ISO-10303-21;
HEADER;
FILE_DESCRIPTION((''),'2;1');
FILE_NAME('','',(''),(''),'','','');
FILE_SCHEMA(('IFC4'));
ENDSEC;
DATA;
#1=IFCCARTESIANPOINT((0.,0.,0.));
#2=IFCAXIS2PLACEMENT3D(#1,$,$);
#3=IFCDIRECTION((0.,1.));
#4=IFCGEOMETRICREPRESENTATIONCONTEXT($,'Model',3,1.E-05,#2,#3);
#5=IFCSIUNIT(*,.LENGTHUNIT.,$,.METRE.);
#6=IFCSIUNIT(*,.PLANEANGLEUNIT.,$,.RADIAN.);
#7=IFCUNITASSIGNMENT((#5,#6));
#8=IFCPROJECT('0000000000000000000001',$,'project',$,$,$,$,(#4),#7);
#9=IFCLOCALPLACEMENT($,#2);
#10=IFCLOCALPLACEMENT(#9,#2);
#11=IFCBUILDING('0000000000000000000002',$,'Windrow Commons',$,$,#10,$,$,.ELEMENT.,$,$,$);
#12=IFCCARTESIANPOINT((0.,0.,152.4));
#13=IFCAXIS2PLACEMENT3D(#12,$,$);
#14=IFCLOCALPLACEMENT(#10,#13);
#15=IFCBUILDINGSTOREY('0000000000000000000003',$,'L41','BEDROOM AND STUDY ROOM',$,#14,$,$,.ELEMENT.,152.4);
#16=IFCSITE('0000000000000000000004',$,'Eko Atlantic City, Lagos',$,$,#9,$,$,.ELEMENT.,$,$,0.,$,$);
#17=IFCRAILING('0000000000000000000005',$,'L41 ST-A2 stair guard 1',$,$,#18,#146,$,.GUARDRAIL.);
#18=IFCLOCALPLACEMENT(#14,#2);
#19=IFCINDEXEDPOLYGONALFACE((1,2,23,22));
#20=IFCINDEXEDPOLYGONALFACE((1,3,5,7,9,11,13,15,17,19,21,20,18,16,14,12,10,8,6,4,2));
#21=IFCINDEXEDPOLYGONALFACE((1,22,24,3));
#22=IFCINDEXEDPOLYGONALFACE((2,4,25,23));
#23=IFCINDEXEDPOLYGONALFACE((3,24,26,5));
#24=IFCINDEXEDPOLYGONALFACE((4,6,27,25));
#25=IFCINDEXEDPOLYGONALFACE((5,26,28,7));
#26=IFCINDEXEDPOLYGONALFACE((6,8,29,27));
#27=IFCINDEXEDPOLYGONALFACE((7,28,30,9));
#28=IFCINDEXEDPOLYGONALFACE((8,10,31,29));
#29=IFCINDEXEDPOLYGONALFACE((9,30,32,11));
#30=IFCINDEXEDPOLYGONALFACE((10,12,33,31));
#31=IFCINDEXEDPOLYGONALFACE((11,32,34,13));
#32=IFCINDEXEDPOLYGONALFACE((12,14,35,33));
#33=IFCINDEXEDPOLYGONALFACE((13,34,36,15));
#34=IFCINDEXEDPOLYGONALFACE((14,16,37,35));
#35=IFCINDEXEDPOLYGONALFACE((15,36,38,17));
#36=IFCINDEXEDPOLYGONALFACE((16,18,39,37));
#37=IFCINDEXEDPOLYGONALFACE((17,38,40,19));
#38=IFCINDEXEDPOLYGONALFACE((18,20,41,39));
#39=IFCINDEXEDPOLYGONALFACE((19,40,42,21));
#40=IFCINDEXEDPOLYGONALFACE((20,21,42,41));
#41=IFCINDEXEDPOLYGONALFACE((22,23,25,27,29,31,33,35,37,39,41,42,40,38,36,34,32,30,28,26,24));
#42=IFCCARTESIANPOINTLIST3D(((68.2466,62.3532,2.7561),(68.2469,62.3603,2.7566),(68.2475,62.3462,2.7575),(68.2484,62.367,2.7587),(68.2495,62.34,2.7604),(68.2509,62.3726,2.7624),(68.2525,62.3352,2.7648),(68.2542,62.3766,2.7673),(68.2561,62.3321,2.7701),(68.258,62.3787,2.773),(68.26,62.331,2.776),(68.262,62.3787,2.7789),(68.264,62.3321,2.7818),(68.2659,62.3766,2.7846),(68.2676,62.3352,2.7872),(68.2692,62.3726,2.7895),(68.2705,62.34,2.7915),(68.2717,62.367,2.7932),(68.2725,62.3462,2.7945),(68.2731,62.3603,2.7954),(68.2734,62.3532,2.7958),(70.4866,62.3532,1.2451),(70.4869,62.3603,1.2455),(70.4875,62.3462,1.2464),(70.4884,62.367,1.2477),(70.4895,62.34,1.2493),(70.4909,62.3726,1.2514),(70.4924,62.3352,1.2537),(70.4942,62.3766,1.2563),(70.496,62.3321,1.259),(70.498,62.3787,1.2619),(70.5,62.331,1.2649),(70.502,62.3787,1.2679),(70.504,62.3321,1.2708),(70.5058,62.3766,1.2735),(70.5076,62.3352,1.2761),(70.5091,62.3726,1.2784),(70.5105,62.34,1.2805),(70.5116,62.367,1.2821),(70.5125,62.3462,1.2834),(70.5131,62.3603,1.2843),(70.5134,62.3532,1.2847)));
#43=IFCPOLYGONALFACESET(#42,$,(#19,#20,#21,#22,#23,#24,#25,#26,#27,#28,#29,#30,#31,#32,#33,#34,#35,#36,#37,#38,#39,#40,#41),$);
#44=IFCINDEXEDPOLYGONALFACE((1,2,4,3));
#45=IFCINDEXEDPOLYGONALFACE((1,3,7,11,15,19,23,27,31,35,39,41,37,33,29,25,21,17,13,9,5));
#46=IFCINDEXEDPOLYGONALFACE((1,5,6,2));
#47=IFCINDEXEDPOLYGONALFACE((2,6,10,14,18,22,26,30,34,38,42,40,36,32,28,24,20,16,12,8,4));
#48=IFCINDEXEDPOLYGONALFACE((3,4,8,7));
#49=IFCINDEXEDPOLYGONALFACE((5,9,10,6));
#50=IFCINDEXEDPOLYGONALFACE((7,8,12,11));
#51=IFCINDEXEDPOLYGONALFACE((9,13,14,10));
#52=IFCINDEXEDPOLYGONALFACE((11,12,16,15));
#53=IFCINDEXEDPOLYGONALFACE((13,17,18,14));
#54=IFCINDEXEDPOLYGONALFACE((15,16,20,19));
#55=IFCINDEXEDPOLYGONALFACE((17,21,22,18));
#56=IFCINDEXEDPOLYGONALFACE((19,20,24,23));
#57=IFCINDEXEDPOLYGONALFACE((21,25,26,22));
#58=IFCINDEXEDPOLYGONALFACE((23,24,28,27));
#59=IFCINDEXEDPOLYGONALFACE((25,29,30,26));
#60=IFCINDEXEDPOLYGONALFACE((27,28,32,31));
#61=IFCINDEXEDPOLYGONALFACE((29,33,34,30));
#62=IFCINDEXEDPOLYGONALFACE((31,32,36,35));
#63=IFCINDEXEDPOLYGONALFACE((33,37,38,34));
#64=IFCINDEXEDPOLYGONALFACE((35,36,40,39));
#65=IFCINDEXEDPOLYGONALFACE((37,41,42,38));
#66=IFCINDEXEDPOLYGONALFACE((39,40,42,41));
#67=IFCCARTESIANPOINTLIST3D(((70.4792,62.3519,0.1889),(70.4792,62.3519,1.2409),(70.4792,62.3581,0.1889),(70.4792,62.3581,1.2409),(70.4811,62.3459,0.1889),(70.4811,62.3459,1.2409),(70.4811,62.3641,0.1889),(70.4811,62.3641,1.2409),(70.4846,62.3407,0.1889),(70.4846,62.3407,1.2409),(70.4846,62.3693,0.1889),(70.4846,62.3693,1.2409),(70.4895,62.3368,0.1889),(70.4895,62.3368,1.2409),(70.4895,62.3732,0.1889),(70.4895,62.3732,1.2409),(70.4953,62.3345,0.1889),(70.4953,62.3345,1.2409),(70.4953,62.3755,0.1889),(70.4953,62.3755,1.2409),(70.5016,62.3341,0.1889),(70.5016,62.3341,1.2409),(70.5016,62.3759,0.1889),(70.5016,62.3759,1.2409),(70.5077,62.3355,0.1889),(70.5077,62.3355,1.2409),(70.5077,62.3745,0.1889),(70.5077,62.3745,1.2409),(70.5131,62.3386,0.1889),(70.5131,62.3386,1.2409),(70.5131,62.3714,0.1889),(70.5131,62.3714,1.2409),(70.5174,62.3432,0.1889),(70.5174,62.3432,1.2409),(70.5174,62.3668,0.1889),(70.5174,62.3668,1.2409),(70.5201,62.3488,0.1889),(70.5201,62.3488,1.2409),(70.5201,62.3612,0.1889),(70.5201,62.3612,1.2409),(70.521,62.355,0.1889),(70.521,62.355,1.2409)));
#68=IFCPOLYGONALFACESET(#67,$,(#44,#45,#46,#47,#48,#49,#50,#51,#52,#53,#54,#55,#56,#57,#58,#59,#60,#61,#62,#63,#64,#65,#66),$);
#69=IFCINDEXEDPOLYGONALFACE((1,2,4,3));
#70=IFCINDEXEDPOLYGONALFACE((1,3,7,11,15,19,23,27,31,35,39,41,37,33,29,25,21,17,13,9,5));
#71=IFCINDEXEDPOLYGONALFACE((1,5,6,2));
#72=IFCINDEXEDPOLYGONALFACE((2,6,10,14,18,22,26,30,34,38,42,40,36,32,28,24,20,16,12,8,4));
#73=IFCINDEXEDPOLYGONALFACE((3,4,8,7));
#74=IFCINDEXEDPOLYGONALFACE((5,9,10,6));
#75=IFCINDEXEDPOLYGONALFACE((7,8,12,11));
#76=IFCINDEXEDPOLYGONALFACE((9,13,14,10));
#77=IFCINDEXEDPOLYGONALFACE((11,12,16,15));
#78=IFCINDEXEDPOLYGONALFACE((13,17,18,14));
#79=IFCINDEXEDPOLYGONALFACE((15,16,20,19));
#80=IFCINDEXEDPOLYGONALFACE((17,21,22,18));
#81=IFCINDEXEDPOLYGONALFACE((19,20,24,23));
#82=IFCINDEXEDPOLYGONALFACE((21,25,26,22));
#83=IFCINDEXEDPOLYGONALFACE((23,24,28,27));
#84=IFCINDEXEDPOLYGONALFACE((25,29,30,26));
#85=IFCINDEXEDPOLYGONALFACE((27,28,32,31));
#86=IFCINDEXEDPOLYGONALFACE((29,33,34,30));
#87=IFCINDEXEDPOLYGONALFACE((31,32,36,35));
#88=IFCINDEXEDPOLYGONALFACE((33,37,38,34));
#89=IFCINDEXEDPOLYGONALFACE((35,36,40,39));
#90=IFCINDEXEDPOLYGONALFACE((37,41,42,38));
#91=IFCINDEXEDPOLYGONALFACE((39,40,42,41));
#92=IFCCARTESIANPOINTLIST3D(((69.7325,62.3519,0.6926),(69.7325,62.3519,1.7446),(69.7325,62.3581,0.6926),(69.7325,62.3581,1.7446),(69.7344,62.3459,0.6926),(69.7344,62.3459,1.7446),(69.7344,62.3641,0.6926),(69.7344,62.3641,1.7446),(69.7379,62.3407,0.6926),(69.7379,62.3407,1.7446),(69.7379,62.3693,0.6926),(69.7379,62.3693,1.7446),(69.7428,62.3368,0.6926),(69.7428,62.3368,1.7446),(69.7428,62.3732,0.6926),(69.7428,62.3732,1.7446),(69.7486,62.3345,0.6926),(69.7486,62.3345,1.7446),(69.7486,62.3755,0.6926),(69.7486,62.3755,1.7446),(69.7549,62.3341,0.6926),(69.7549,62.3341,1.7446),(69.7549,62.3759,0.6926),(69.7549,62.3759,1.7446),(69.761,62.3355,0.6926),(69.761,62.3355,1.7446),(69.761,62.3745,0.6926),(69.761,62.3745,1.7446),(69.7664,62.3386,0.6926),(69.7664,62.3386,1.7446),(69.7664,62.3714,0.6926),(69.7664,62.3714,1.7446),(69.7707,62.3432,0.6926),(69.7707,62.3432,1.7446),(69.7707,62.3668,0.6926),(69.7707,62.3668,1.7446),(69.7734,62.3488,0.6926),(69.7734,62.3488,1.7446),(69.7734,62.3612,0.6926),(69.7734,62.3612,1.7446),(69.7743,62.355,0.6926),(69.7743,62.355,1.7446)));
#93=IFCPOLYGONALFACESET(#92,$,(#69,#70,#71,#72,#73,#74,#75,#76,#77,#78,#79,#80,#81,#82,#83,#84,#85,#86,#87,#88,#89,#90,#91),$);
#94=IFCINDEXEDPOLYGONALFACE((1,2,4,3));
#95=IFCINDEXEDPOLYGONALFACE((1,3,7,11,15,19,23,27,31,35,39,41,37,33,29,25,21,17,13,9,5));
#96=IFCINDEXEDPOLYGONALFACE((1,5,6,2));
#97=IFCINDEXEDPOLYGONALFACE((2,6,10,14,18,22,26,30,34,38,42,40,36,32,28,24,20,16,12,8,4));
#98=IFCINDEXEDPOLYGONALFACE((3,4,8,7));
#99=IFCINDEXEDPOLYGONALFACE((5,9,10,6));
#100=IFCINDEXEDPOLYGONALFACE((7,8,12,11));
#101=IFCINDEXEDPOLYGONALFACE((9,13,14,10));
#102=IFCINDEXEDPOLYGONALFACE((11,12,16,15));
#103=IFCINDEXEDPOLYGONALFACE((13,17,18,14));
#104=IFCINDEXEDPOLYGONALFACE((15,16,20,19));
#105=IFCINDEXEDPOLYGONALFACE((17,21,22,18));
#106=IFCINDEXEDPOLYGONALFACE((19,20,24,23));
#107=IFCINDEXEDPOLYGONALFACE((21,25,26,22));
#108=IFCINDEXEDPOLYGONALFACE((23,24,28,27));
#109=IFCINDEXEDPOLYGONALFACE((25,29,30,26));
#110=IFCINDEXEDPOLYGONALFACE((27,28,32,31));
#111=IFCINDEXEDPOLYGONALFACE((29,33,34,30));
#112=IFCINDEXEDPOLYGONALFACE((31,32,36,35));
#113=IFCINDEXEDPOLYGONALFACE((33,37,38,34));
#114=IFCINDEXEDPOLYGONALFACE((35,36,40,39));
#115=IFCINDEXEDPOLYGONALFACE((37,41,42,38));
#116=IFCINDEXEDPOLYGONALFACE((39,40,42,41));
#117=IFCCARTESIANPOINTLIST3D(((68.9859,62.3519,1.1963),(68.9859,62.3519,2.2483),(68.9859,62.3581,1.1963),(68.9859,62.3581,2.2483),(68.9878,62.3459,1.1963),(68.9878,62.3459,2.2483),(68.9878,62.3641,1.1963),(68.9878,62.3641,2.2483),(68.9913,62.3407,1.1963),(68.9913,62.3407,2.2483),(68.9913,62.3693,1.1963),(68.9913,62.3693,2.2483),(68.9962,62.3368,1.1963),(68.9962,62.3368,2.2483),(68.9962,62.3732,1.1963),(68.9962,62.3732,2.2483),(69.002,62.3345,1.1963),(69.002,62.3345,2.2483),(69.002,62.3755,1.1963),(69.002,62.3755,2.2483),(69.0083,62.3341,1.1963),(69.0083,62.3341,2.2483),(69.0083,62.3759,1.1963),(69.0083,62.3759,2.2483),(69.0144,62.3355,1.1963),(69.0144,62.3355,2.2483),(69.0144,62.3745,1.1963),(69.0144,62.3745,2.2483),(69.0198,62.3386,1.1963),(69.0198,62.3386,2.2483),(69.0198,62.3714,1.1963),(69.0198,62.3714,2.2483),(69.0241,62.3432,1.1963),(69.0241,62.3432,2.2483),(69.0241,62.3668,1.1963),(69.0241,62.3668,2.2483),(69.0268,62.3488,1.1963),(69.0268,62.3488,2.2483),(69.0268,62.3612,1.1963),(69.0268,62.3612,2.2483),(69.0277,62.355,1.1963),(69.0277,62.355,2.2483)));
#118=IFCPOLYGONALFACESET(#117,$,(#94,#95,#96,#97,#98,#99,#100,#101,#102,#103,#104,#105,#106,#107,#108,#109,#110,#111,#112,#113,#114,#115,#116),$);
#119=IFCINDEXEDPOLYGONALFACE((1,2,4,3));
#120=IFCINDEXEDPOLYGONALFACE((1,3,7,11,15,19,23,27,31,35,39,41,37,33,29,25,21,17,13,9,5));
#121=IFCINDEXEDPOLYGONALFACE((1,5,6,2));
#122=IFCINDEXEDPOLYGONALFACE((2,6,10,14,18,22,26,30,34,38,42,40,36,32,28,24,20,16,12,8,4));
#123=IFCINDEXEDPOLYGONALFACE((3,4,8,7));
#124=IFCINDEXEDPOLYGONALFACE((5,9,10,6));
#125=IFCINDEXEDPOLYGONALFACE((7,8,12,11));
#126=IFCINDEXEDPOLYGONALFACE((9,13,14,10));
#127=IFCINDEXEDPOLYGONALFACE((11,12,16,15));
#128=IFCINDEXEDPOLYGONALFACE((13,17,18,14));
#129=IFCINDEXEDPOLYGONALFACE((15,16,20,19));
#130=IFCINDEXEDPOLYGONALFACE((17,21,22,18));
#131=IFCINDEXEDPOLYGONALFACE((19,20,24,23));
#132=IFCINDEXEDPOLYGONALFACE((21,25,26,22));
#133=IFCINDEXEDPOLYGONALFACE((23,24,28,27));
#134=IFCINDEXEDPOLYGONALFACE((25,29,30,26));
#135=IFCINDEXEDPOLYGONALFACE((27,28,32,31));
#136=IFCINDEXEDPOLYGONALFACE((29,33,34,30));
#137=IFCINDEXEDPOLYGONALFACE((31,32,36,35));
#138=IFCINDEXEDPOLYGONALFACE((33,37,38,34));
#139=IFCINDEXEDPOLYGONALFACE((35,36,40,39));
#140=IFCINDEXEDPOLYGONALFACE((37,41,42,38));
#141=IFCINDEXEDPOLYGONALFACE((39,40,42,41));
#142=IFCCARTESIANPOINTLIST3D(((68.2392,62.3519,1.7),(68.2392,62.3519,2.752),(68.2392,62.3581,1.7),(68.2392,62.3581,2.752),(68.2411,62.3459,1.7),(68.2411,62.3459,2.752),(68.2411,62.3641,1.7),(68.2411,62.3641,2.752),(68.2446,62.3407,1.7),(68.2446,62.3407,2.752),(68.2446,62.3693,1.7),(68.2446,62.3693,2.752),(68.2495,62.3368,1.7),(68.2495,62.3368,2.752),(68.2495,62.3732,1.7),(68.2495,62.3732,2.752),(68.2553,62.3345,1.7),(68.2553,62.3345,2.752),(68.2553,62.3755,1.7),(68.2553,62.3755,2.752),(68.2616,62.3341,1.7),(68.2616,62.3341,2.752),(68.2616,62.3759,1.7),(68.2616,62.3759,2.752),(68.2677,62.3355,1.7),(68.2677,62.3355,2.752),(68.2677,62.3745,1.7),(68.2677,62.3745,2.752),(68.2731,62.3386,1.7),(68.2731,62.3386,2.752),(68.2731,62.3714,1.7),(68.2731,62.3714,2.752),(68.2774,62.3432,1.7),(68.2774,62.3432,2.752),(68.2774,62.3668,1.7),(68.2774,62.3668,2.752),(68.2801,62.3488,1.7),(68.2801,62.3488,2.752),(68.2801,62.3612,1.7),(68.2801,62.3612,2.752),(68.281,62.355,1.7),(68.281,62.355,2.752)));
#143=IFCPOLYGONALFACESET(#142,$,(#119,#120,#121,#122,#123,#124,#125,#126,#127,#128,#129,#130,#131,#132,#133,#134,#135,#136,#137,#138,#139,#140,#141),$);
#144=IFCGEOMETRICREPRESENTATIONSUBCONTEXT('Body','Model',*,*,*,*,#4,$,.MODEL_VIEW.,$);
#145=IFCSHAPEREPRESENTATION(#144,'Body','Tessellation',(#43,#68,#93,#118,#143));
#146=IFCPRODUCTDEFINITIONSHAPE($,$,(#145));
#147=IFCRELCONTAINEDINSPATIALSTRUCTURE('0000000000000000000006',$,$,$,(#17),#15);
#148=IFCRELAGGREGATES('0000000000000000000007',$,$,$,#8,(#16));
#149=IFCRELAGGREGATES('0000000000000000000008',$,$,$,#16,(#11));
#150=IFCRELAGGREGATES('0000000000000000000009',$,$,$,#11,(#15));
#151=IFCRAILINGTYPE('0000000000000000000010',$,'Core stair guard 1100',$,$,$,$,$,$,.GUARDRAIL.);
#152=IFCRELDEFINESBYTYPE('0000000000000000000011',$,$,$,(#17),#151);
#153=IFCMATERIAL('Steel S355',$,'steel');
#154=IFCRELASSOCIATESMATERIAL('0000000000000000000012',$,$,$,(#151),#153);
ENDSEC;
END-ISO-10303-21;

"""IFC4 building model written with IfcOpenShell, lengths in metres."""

from ifc_helpers import new_model, si_unit, direction, frame, origin, origin_2d, place, context, subcontext, project, spatial, circle, extrude, material, type_object, element, save


model = new_model("IFC4")

# Units and contexts
model_context = context("Model", 3, precision=1e-05, world=origin(), true_north=direction((0.0, 1.0)))
body_context = subcontext(model_context, "Body", "Model", "MODEL_VIEW")
ifc_project = project(units=[si_unit("LENGTHUNIT", "METRE"), si_unit("PLANEANGLEUNIT", "RADIAN")], contexts=[model_context])

# Site, building, storey
site_placement = place(None, origin())
site = spatial("IfcSite", under=ifc_project, at=site_placement, Name="Eko Atlantic City, Lagos", CompositionType="ELEMENT", RefElevation=0.0)
building_placement = place(site_placement, origin())
building = spatial("IfcBuilding", under=site, at=building_placement, Name="Windrow Commons", CompositionType="ELEMENT")
storey_placement = place(building_placement, frame((0.0, 0.0, 152.4)))
storey = spatial("IfcBuildingStorey", under=building, at=storey_placement, Name="L41", Description="BEDROOM AND STUDY ROOM", CompositionType="ELEMENT", Elevation=152.4)

# Railing
ifc_material_1 = material(Name="Steel S355", Category="steel")
railing_type_1 = type_object("IfcRailingType", Name="Core stair guard 1100", PredefinedType="GUARDRAIL", material=ifc_material_1)
railing_1_placement = place(storey_placement, frame((70.5, 62.355, 0.1889)))
element("IfcRailing", 1, at=railing_1_placement, inside=storey, type_object=railing_type_1, Name="L41 ST-A2 stair guard 1", PredefinedType="GUARDRAIL", context=body_context, shape_type="SweptSolid", body=[
    extrude(circle(Radius=0.024, at=origin_2d()), frame((0.0, 0.0, 1.076), z_axis=(-0.829003, 0.0, 0.559244), x_axis=(0.0, -1.0, 0.0)), (0.0, 0.0, 1.0), 2.702),
    extrude(circle(Radius=0.021, at=origin_2d()), origin(), (0.0, 0.0, 1.0), 1.052),
    extrude(circle(Radius=0.021, at=origin_2d()), frame((-0.7467, 0.0, 0.5037)), (0.0, 0.0, 1.0), 1.052),
    extrude(circle(Radius=0.021, at=origin_2d()), frame((-1.4933, 0.0, 1.0074)), (0.0, 0.0, 1.0), 1.052),
    extrude(circle(Radius=0.021, at=origin_2d()), frame((-2.24, 0.0, 1.5111)), (0.0, 0.0, 1.0), 1.052),
])

save(model, "model.ifc")
